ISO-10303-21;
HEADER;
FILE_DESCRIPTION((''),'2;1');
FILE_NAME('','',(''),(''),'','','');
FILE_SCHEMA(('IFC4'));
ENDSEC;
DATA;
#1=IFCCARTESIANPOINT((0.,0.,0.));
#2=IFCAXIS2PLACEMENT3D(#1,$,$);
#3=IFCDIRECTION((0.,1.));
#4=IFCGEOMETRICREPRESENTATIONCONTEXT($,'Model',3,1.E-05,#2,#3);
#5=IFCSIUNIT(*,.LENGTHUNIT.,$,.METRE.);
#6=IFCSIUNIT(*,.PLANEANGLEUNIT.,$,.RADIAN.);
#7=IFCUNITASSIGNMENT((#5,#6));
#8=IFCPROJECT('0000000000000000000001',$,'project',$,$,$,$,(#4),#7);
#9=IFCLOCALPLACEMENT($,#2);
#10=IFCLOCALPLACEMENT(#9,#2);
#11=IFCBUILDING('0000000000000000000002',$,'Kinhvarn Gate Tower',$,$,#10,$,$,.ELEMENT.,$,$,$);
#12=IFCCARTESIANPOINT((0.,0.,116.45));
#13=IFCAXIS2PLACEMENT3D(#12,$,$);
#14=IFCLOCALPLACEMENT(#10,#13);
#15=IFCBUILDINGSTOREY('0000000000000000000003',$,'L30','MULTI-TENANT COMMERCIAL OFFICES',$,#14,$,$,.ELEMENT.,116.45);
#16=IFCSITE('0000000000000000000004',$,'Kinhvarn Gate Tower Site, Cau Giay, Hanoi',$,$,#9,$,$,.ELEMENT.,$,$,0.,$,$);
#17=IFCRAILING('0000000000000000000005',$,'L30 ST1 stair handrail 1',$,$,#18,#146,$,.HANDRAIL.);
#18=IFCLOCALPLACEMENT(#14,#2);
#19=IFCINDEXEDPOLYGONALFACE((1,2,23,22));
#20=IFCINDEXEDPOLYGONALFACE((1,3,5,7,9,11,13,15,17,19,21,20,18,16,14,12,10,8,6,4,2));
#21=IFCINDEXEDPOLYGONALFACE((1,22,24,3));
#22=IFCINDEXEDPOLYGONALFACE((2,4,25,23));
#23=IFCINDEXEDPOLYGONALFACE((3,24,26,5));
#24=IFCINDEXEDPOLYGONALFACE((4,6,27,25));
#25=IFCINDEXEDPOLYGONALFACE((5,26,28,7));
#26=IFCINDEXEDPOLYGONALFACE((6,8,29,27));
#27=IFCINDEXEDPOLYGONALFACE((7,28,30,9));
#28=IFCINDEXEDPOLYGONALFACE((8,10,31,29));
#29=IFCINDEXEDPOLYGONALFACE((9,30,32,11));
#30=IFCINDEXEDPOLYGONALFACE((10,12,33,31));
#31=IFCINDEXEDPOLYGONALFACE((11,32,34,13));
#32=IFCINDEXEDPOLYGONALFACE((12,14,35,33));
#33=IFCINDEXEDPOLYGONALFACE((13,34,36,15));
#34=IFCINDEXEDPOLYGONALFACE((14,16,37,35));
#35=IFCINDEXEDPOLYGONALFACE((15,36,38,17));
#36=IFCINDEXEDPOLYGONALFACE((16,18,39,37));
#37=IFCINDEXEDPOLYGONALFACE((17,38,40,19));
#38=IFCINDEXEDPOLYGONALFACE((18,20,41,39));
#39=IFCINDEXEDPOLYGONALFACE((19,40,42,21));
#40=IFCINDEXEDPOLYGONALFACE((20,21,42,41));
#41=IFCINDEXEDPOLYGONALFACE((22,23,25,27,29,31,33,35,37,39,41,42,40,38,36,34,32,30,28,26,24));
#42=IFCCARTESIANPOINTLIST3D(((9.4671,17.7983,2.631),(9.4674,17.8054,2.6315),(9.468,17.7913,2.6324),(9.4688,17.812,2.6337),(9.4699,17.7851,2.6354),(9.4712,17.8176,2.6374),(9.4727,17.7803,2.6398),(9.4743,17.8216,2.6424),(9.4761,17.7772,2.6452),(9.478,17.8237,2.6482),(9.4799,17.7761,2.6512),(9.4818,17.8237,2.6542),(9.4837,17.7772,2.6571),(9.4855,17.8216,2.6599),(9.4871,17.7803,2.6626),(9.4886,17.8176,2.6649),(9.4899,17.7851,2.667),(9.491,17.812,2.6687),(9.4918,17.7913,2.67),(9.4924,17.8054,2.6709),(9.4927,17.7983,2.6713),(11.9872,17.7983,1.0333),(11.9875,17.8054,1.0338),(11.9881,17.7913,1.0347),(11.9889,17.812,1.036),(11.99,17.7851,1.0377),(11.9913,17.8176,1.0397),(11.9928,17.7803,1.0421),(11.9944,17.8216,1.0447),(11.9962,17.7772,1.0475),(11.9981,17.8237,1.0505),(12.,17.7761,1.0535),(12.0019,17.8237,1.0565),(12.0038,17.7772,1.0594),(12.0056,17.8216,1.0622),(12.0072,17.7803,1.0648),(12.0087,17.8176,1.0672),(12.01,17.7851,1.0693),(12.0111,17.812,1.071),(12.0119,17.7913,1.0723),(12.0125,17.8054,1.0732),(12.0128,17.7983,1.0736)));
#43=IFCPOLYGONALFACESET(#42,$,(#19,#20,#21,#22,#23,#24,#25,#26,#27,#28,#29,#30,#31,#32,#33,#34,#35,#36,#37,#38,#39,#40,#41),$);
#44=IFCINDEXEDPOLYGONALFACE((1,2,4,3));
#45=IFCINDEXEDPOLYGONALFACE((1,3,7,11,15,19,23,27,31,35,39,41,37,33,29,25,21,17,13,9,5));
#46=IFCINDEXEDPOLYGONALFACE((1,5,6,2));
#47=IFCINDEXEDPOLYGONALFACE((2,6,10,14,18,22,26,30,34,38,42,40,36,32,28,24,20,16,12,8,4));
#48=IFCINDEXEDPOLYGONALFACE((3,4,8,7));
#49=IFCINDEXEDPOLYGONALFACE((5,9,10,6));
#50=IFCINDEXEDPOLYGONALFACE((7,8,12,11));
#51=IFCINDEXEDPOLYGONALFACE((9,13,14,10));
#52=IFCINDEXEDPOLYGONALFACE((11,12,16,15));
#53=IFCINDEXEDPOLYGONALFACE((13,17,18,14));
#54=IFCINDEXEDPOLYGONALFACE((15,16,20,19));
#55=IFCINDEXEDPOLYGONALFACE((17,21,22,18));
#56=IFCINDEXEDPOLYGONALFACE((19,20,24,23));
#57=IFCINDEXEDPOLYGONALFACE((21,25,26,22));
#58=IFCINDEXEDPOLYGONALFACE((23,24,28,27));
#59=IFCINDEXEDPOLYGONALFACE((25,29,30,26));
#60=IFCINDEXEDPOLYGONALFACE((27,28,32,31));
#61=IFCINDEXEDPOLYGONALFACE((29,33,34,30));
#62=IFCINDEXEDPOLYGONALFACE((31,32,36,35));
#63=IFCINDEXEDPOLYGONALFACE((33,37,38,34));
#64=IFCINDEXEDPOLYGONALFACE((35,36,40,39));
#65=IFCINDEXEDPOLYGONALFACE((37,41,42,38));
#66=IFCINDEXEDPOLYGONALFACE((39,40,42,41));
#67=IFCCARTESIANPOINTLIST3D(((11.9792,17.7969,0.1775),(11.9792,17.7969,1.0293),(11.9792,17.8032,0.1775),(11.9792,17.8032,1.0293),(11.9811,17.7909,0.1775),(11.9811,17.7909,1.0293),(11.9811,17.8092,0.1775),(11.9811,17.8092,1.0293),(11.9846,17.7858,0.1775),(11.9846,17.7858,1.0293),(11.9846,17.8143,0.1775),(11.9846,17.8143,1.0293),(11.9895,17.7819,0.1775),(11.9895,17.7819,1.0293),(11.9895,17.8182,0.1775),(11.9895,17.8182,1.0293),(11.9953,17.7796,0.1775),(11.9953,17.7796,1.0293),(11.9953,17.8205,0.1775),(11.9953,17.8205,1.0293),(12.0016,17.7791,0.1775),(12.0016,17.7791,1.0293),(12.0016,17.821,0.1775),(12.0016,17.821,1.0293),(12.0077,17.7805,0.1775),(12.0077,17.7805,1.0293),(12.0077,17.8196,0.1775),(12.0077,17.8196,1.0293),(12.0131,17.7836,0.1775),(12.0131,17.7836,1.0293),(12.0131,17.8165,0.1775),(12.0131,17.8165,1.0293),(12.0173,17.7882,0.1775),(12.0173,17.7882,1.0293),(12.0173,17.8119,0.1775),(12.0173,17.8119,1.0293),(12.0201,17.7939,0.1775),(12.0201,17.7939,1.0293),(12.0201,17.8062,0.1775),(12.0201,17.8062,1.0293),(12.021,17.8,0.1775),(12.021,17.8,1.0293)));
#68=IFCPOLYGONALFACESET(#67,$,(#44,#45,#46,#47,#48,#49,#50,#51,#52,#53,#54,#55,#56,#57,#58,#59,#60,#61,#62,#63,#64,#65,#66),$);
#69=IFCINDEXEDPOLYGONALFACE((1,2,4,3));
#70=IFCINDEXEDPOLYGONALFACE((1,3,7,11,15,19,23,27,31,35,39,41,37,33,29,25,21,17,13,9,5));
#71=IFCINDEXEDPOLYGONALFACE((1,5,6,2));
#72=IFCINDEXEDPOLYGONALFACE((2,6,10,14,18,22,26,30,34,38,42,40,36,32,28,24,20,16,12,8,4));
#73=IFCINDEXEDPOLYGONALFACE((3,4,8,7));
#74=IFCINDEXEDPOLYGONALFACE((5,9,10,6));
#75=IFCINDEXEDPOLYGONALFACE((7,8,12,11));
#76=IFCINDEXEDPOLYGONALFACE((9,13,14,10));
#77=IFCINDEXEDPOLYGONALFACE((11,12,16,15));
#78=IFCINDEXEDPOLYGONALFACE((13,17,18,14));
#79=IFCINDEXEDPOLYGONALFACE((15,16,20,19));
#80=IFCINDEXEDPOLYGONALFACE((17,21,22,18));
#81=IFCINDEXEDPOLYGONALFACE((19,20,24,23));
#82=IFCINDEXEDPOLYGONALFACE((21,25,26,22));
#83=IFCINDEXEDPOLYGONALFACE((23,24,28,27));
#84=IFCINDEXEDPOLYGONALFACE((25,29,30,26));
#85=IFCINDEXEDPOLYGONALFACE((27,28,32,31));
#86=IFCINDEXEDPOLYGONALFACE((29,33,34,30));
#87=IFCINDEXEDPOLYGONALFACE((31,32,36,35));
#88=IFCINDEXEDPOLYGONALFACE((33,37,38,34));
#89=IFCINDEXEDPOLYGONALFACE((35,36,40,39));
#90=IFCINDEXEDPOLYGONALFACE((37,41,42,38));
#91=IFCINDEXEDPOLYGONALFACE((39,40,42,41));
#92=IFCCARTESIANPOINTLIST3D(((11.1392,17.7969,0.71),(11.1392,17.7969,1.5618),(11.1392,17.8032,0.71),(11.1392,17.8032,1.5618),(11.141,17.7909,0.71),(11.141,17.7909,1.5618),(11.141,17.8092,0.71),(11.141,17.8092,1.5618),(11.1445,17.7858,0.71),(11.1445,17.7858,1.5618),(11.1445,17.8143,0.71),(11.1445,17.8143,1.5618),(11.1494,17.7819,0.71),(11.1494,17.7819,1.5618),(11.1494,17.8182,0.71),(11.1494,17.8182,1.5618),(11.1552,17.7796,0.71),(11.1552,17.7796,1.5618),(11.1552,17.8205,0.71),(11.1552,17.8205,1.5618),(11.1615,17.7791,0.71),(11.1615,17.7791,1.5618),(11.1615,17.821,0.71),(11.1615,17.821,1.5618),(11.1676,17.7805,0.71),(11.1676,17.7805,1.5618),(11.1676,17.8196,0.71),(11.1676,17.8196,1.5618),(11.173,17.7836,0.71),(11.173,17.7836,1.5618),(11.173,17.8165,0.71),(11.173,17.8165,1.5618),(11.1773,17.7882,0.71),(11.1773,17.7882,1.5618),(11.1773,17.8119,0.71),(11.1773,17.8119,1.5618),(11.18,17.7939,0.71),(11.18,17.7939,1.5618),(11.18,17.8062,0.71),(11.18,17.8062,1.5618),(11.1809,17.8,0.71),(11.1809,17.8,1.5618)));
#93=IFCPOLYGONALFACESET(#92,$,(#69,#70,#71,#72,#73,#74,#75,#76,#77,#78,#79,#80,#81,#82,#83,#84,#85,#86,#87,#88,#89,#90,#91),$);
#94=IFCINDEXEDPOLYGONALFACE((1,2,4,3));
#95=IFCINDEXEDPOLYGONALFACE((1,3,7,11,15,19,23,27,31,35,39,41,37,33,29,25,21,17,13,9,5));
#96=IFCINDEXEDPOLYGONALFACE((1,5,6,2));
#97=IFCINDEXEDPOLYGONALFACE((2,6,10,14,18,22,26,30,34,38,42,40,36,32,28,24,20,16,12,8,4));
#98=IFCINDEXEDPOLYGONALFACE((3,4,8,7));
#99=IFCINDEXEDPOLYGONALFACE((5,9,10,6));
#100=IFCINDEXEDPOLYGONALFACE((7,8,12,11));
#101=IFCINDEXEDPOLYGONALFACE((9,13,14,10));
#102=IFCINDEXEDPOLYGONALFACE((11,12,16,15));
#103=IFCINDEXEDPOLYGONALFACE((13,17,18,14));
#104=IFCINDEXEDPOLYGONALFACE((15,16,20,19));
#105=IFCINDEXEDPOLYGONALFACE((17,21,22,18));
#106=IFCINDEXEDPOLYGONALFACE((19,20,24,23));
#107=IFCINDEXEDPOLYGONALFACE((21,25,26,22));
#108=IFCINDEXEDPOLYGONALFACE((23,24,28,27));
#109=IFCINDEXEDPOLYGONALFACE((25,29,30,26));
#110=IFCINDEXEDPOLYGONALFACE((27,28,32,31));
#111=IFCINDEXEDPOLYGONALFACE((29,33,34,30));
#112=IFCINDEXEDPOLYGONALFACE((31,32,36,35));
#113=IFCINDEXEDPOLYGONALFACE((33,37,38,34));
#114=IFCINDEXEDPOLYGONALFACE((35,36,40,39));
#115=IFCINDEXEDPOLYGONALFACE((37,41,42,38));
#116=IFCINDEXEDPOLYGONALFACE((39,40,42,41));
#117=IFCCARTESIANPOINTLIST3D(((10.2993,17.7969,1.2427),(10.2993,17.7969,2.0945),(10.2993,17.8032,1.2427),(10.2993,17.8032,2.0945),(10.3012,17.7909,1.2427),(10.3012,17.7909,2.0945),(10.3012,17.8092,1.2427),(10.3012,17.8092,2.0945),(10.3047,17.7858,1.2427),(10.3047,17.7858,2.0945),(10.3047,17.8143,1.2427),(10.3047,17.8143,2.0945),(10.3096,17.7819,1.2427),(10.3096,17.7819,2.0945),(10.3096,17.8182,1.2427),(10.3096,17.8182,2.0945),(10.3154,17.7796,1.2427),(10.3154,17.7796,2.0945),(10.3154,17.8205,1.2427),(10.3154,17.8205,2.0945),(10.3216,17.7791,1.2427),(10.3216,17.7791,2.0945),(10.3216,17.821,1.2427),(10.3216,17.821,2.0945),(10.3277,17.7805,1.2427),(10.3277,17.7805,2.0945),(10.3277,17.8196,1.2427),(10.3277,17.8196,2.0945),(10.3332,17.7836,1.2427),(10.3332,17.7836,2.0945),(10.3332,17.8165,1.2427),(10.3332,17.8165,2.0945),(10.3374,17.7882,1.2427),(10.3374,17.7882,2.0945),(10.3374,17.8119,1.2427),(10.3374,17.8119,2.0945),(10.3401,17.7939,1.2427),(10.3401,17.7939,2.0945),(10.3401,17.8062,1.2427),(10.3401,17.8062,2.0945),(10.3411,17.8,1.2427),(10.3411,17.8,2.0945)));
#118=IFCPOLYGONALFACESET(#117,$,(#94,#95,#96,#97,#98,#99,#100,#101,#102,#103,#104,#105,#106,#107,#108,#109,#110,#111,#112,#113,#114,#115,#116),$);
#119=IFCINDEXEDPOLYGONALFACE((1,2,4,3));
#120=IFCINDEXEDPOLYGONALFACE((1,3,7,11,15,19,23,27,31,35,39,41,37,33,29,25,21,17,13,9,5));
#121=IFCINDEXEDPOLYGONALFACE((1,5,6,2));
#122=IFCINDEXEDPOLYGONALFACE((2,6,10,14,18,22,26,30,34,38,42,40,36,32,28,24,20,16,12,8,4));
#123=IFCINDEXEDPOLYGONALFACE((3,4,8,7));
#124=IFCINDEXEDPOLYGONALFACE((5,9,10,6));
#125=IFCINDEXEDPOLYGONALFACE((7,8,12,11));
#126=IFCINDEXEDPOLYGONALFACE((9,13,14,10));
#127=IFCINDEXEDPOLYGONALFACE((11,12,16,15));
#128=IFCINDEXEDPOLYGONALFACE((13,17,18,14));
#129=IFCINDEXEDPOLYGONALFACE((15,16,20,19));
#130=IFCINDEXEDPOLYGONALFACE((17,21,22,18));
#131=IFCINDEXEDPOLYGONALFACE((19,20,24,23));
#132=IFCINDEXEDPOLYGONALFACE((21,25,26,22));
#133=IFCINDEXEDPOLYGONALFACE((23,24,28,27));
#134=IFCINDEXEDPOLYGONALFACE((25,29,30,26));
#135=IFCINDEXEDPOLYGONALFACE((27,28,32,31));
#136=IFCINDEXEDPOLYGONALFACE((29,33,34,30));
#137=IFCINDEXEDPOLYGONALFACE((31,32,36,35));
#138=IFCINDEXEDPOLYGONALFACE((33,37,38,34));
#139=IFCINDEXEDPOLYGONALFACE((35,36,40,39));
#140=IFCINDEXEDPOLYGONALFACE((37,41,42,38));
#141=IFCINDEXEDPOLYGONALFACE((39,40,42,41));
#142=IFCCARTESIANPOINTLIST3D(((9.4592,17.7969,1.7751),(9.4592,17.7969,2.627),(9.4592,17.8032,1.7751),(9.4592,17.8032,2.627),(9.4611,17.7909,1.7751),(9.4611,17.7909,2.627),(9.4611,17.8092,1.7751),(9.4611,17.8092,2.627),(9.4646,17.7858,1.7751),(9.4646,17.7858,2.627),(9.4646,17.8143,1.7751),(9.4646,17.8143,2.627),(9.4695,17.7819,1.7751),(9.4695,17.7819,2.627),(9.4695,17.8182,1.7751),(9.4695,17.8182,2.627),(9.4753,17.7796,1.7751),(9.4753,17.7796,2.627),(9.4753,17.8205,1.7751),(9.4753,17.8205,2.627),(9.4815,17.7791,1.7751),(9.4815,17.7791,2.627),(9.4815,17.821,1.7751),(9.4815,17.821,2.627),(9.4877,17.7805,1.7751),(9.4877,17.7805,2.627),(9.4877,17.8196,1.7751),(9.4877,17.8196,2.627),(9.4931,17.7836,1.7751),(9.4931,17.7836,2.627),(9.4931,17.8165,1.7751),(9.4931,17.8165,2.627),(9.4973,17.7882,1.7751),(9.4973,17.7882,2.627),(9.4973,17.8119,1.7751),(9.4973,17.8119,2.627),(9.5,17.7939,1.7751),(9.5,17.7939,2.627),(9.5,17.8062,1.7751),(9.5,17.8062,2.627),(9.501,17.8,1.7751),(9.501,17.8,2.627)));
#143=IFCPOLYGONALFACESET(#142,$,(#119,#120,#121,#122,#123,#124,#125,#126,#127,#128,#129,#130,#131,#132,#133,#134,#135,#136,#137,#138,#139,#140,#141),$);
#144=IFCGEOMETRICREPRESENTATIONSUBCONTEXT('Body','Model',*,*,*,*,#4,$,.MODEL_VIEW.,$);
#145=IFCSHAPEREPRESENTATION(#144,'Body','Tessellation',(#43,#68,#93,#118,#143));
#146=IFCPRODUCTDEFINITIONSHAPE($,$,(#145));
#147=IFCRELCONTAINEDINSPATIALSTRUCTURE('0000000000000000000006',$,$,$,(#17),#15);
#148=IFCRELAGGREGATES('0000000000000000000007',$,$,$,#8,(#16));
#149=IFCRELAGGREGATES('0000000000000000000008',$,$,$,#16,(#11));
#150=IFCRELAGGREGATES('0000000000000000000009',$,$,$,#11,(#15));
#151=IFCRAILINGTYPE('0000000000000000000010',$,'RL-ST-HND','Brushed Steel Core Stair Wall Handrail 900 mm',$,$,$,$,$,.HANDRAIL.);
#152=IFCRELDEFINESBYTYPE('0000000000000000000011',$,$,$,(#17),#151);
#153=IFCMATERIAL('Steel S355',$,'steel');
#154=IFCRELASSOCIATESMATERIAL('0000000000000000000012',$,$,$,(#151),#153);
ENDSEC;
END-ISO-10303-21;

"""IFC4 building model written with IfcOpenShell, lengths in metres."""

from ifc_helpers import new_model, si_unit, direction, frame, origin, origin_2d, place, context, subcontext, project, spatial, circle, extrude, material, type_object, element, save


model = new_model("IFC4")

# Units and contexts
model_context = context("Model", 3, precision=1e-05, world=origin(), true_north=direction((0.0, 1.0)))
body_context = subcontext(model_context, "Body", "Model", "MODEL_VIEW")
ifc_project = project(units=[si_unit("LENGTHUNIT", "METRE"), si_unit("PLANEANGLEUNIT", "RADIAN")], contexts=[model_context])

# Site, building, storey
site_placement = place(None, origin())
site = spatial("IfcSite", under=ifc_project, at=site_placement, Name="Kinhvarn Gate Tower Site, Cau Giay, Hanoi", CompositionType="ELEMENT", RefElevation=0.0)
building_placement = place(site_placement, origin())
building = spatial("IfcBuilding", under=site, at=building_placement, Name="Kinhvarn Gate Tower", CompositionType="ELEMENT")
storey_placement = place(building_placement, frame((0.0, 0.0, 116.45)))
storey = spatial("IfcBuildingStorey", under=building, at=storey_placement, Name="L30", Description="MULTI-TENANT COMMERCIAL OFFICES", CompositionType="ELEMENT", Elevation=116.45)

# Shared definitions
ifc_material_1 = material(Name="Steel S355", Category="steel")

# Railing
railing_type_1 = type_object("IfcRailingType", Name="RL-ST-HND", Description="Brushed Steel Core Stair Wall Handrail 900 mm", PredefinedType="HANDRAIL", material=ifc_material_1)
railing_1_placement = place(storey_placement, frame((12.0, 17.8, 0.1775)))
element("IfcRailing", 1, at=railing_1_placement, inside=storey, type_object=railing_type_1, Name="L30 ST1 stair handrail 1", PredefinedType="HANDRAIL", context=body_context, shape_type="SweptSolid", body=[
    extrude(circle(Radius=0.0239, at=origin_2d()), frame((0.0, 0.0, 0.876), z_axis=(-0.84457, 0.0, 0.535445), x_axis=(0.0, -1.0, 0.0)), (0.0, 0.0, 1.0), 2.9839),
    extrude(circle(Radius=0.021, at=origin_2d()), origin(), (0.0, 0.0, 1.0), 0.8518),
    extrude(circle(Radius=0.021, at=origin_2d()), frame((-0.8401, 0.0, 0.5325)), (0.0, 0.0, 1.0), 0.8518),
    extrude(circle(Radius=0.021, at=origin_2d()), frame((-1.6799, 0.0, 1.0652)), (0.0, 0.0, 1.0), 0.8518),
    extrude(circle(Radius=0.021, at=origin_2d()), frame((-2.52, 0.0, 1.5977)), (0.0, 0.0, 1.0), 0.8518),
])

save(model, "model.ifc")
